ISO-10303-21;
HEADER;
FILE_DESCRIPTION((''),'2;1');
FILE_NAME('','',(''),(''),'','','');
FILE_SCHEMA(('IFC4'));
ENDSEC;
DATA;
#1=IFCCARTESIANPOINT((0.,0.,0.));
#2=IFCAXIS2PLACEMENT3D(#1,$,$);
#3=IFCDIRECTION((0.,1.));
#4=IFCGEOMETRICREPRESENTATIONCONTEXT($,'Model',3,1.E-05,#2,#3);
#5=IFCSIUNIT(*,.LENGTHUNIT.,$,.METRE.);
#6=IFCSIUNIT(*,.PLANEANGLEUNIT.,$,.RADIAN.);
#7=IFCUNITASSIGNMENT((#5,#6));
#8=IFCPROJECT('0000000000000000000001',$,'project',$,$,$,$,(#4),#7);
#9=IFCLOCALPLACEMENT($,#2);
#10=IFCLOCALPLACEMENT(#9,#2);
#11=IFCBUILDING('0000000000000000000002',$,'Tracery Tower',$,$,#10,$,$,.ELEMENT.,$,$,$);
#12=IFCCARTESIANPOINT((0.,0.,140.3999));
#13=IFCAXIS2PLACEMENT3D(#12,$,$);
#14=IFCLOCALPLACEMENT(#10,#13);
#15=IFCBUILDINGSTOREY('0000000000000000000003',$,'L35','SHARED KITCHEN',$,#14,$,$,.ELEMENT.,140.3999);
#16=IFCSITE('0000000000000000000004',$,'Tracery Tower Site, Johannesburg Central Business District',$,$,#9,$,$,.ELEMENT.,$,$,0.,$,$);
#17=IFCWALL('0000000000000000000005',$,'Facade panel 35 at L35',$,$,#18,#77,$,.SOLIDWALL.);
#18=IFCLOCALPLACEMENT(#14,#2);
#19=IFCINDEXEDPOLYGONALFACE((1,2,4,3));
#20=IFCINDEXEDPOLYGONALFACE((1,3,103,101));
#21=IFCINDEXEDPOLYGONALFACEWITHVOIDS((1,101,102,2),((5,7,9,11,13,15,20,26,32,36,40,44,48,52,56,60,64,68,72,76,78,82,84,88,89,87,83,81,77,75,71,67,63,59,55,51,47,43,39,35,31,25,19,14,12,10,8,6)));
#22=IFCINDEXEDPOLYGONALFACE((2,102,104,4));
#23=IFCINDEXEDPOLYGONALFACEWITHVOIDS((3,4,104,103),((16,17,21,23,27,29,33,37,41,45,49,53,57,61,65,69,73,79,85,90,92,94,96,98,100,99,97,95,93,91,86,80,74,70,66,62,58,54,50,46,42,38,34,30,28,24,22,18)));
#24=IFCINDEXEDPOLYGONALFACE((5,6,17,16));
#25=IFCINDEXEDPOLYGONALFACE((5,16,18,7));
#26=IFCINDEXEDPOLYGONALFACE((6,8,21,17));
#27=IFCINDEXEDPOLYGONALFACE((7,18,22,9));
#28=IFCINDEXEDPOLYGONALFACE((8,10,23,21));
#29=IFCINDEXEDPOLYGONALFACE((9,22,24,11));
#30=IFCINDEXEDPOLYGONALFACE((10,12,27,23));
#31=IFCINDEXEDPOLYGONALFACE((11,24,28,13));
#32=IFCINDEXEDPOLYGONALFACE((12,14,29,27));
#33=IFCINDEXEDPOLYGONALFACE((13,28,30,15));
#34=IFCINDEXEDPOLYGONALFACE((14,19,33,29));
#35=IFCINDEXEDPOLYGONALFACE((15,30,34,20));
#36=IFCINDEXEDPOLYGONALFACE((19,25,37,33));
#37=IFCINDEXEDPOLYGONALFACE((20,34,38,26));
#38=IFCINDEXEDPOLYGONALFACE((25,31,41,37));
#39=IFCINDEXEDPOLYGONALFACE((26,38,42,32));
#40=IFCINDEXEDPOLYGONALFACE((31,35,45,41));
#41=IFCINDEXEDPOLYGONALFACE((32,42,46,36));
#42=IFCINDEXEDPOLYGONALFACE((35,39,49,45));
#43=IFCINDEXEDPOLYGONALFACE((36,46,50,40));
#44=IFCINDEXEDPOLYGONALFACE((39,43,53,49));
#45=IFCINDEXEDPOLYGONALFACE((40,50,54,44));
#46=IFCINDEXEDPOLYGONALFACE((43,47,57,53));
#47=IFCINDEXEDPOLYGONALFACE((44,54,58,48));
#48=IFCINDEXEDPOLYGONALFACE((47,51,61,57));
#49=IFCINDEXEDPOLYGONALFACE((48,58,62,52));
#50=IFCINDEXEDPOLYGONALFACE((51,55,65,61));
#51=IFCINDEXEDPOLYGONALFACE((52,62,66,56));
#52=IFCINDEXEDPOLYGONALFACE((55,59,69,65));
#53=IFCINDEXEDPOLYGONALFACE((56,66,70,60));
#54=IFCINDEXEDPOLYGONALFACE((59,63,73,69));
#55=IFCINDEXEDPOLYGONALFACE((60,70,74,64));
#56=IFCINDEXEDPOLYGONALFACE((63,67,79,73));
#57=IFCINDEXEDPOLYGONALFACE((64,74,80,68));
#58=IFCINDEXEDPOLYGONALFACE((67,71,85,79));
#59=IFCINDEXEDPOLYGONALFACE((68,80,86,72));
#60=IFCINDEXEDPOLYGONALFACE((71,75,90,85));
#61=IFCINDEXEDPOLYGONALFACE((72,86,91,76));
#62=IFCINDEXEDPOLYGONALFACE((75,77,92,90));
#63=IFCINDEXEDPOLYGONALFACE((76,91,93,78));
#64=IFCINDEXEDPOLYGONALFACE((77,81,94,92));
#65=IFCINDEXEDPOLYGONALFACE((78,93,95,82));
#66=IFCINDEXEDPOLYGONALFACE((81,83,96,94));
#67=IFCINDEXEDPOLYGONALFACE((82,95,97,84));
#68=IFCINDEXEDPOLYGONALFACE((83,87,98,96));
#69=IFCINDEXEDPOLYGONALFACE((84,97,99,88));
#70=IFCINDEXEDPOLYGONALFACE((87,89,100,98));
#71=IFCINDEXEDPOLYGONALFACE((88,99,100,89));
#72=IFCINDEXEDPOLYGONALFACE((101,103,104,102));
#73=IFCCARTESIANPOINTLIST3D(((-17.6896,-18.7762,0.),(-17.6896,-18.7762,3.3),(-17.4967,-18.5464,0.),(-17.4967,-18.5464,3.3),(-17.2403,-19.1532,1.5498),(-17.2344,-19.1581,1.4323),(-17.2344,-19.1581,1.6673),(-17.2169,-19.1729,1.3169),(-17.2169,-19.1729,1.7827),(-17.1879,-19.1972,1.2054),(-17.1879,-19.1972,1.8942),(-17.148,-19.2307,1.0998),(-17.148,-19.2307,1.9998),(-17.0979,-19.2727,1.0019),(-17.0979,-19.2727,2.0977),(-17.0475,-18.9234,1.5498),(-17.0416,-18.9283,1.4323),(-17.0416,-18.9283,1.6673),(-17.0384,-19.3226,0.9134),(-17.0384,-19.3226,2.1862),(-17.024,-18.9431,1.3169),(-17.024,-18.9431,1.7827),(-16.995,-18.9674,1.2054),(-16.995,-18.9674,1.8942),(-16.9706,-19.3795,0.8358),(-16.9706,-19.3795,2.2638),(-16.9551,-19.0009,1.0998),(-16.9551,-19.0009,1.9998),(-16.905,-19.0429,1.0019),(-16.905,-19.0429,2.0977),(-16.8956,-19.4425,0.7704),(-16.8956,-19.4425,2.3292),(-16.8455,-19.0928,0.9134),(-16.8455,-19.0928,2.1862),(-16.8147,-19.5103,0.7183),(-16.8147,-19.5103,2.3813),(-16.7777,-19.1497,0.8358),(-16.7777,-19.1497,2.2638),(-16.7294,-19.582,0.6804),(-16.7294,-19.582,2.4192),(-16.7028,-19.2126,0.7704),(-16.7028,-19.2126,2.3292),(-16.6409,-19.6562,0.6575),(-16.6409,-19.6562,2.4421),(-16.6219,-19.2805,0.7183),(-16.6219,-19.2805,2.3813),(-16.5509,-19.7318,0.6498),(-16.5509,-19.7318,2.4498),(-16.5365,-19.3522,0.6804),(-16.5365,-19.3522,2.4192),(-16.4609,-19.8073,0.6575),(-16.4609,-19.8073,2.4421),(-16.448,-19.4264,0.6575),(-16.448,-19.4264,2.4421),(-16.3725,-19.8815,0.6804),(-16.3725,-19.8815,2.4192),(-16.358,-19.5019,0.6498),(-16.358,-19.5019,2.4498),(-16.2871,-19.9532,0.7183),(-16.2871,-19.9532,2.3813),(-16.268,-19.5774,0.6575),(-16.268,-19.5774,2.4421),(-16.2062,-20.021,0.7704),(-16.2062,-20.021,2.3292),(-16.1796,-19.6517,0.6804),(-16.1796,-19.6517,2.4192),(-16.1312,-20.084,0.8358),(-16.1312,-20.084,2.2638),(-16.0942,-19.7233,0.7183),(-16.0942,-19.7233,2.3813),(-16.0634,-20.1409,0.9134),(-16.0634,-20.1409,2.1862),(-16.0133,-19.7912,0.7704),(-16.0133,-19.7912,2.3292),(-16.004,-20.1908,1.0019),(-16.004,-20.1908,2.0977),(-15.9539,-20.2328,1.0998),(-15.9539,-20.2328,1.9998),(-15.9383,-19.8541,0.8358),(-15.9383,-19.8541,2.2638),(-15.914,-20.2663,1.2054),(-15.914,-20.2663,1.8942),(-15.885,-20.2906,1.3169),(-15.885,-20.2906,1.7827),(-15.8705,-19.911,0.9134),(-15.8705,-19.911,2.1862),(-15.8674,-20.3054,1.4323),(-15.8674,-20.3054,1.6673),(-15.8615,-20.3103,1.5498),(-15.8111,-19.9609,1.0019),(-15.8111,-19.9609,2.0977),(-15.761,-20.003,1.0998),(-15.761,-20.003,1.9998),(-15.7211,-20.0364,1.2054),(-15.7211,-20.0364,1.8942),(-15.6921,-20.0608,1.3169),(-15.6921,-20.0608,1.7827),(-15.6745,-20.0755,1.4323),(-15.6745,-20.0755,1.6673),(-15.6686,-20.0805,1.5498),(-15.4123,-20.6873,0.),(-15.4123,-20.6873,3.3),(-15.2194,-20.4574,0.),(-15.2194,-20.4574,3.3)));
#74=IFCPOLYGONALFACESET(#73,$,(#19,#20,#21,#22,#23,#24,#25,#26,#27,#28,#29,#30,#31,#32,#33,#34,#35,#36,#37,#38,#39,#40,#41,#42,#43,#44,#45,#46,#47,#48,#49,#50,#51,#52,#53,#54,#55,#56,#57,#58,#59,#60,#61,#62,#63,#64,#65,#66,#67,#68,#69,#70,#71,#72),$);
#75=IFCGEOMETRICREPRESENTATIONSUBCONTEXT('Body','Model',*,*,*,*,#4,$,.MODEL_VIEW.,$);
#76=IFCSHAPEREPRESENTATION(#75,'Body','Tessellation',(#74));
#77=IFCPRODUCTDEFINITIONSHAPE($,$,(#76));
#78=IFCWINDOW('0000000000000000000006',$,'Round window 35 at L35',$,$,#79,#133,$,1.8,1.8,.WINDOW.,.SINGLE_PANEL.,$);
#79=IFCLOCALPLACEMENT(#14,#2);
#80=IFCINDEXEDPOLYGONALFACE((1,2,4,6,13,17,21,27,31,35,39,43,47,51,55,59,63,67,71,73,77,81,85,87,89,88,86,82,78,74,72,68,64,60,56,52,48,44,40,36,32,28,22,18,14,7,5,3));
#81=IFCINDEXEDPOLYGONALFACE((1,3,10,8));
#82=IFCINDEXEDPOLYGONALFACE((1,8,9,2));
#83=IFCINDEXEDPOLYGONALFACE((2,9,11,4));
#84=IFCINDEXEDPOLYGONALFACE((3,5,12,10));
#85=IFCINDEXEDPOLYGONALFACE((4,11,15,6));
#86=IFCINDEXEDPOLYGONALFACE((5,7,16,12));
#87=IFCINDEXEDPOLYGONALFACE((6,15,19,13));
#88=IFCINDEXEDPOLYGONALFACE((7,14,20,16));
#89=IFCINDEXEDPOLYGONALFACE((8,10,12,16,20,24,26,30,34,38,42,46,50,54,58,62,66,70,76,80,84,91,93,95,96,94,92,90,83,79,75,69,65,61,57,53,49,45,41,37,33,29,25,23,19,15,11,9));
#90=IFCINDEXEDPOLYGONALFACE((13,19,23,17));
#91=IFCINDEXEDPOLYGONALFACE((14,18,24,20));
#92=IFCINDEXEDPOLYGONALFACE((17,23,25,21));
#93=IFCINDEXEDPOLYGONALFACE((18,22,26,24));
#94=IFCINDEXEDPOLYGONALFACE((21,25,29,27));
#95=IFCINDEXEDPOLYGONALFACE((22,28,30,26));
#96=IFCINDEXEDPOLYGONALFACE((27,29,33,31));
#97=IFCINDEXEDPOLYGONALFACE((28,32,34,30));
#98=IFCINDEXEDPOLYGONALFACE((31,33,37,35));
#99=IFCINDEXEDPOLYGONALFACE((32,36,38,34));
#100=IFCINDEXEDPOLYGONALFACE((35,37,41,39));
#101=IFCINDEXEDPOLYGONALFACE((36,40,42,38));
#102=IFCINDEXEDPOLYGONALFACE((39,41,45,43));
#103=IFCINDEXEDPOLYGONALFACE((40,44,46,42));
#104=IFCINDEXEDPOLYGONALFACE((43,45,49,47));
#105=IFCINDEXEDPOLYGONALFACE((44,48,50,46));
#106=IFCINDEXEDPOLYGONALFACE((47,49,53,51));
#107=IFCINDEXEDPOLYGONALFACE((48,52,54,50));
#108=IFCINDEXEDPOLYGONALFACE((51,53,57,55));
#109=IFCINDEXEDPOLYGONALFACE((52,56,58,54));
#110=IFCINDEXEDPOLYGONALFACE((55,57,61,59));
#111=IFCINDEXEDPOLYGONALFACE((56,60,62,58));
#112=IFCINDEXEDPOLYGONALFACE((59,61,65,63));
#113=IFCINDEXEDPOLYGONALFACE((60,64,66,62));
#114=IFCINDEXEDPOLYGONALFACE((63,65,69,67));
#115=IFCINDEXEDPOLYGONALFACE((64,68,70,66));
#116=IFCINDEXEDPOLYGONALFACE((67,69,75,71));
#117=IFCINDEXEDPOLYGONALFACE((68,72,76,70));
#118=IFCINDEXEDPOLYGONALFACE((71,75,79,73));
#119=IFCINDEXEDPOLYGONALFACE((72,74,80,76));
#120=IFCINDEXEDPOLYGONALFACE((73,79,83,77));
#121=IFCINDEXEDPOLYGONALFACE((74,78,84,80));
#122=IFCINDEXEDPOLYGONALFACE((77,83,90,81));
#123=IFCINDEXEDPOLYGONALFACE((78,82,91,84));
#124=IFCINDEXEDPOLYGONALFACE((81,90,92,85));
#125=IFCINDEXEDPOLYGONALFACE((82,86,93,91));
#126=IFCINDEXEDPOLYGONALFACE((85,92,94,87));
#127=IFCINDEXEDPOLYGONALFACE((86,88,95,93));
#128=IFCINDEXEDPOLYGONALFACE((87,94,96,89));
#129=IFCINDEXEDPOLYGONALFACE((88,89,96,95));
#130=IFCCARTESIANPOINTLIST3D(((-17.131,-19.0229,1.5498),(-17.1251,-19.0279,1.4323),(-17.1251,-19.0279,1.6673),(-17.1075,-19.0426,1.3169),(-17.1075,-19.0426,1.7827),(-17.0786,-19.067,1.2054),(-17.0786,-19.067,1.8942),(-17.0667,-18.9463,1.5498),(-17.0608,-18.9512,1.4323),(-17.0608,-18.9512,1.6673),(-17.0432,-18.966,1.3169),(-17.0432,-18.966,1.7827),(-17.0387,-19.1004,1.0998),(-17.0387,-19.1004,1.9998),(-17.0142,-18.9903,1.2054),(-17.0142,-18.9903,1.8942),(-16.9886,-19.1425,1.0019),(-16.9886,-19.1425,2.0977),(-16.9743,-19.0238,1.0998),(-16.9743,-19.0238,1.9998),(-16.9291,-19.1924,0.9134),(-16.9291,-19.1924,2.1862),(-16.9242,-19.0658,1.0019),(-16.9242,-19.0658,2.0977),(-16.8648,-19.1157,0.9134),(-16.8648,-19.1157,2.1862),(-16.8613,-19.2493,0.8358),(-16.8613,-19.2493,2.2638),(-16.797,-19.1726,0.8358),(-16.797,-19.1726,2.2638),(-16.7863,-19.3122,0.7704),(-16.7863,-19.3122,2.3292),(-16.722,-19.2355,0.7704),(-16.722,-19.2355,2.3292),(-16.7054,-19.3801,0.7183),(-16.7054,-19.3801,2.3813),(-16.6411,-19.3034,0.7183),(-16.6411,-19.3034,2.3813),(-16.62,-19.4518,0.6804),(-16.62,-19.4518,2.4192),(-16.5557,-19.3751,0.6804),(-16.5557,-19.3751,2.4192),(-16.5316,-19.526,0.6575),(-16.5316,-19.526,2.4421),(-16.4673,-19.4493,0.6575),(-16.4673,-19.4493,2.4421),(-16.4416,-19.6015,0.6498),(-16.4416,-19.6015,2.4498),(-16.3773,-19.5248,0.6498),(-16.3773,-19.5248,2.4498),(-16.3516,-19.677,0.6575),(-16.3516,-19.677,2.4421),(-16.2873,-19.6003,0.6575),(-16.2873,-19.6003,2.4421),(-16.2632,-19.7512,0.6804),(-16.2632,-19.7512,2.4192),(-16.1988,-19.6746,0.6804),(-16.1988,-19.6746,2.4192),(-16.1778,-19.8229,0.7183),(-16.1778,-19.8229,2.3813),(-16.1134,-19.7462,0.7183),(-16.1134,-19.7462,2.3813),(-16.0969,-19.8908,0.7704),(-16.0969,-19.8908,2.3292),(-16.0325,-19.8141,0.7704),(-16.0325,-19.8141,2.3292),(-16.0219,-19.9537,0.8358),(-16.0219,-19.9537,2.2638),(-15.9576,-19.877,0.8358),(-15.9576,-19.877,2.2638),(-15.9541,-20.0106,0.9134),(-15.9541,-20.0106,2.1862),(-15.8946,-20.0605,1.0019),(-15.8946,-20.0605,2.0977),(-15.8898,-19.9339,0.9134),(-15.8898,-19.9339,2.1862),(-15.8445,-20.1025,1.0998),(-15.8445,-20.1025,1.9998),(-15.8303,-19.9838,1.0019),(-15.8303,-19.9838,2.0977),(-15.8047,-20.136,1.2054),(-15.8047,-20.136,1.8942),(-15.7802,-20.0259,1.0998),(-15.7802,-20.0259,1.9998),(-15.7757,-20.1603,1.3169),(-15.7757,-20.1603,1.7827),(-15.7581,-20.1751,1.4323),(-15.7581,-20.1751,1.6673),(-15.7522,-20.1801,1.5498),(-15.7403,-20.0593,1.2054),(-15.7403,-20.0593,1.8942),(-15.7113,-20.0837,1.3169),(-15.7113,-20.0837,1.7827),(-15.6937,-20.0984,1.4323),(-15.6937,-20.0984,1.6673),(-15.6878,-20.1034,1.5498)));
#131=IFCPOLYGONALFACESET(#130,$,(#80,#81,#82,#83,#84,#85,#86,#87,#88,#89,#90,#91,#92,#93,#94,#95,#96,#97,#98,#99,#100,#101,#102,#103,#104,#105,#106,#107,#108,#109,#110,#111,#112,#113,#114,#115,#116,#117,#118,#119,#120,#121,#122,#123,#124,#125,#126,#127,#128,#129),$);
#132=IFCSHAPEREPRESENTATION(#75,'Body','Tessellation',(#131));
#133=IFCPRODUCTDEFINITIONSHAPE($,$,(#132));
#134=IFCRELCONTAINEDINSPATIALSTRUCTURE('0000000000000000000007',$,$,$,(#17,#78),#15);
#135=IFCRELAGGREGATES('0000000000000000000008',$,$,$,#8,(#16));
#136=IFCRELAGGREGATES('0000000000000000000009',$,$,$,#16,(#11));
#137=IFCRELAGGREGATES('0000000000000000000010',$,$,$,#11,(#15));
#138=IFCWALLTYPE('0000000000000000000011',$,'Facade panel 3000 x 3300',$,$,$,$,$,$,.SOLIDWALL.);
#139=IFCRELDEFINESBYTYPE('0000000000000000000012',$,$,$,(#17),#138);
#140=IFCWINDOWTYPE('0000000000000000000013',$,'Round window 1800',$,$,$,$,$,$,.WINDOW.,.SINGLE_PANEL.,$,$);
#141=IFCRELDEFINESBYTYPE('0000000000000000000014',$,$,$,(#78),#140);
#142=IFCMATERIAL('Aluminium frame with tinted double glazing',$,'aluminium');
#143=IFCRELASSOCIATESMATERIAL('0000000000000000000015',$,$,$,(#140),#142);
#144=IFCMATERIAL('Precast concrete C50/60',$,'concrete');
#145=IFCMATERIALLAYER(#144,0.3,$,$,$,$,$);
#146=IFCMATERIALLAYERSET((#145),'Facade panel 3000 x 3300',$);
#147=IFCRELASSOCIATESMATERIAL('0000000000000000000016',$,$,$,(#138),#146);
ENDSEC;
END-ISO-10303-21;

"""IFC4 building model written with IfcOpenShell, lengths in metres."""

from ifc_helpers import new_model, si_unit, direction, frame, frame_2d, origin, origin_2d, place, context, subcontext, project, spatial, rectangle, circle, extrude, material, layer, layer_set, type_object, element, fill, save


model = new_model("IFC4")

# Units and contexts
model_context = context("Model", 3, precision=1e-05, world=origin(), true_north=direction((0.0, 1.0)))
body_context = subcontext(model_context, "Body", "Model", "MODEL_VIEW")
ifc_project = project(units=[si_unit("LENGTHUNIT", "METRE"), si_unit("PLANEANGLEUNIT", "RADIAN")], contexts=[model_context])

# Site, building, storey
site_placement = place(None, origin())
site = spatial("IfcSite", under=ifc_project, at=site_placement, Name="Tracery Tower Site, Johannesburg Central Business District", CompositionType="ELEMENT", RefElevation=0.0)
building_placement = place(site_placement, origin())
building = spatial("IfcBuilding", under=site, at=building_placement, Name="Tracery Tower", CompositionType="ELEMENT")
storey_placement = place(building_placement, frame((0.0, 0.0, 140.3999)))
storey = spatial("IfcBuildingStorey", under=building, at=storey_placement, Name="L35", Description="SHARED KITCHEN", CompositionType="ELEMENT", Elevation=140.3999)

# Wall, opening, window
ifc_material_1 = material(Name="Aluminium frame with tinted double glazing", Category="aluminium")
window_type = type_object("IfcWindowType", Name="Round window 1800", PartitioningType="SINGLE_PANEL", PredefinedType="WINDOW", material=ifc_material_1)
ifc_material_2 = material(Name="Precast concrete C50/60", Category="concrete")
ifc_layer_1 = layer(ifc_material_2, 0.3)
ifc_layer_set_1 = layer_set([ifc_layer_1], Name="Facade panel 3000 x 3300")
wall_type_1 = type_object("IfcWallType", Name="Facade panel 3000 x 3300", PredefinedType="SOLIDWALL", material=ifc_layer_set_1)
wall_1_placement = place(storey_placement, frame((-17.593, -18.6614, 0.0), z_axis=(0.0, 0.0, 1.0), x_axis=(0.766009, -0.64283, 0.0)))
wall_1 = element("IfcWall", 1, at=wall_1_placement, inside=storey, type_object=wall_type_1, Name="Facade panel 35 at L35", PredefinedType="SOLIDWALL", context=body_context, shape_type="SweptSolid", body=[
    extrude(rectangle(XDim=2.9729, YDim=0.3, at=frame_2d((1.4863, 0.0))), origin(), (0.0, 0.0, 1.0), 3.3),
])
opening_1_placement = place(wall_1_placement, frame((1.4863, 0.0, 1.5498)))
opening_1 = element("IfcOpeningElement", 2, at=opening_1_placement, cuts=wall_1, PredefinedType="OPENING", context=body_context, shape_type="SweptSolid", body=[
    extrude(circle(Radius=0.9, at=origin_2d()), frame((0.0, 0.1599, 0.0), z_axis=(0.0, -1.0, 0.0), x_axis=(1.0, 0.0, 0.0)), (0.0, 0.0, 1.0), 0.3201),
])
window_1_placement = place(opening_1_placement, origin())
window_1 = element("IfcWindow", 3, at=window_1_placement, inside=storey, type_object=window_type, Name="Round window 35 at L35", OverallHeight=1.8, OverallWidth=1.8, PartitioningType="SINGLE_PANEL", PredefinedType="WINDOW", context=body_context, shape_type="SweptSolid", body=[
    extrude(circle(Radius=0.9, at=origin_2d()), frame((0.0, 0.1201, 0.0), z_axis=(0.0, -1.0, 0.0), x_axis=(1.0, 0.0, 0.0)), (0.0, 0.0, 1.0), 0.1001),
])
fill(opening_1, window_1)

save(model, "model.ifc")
